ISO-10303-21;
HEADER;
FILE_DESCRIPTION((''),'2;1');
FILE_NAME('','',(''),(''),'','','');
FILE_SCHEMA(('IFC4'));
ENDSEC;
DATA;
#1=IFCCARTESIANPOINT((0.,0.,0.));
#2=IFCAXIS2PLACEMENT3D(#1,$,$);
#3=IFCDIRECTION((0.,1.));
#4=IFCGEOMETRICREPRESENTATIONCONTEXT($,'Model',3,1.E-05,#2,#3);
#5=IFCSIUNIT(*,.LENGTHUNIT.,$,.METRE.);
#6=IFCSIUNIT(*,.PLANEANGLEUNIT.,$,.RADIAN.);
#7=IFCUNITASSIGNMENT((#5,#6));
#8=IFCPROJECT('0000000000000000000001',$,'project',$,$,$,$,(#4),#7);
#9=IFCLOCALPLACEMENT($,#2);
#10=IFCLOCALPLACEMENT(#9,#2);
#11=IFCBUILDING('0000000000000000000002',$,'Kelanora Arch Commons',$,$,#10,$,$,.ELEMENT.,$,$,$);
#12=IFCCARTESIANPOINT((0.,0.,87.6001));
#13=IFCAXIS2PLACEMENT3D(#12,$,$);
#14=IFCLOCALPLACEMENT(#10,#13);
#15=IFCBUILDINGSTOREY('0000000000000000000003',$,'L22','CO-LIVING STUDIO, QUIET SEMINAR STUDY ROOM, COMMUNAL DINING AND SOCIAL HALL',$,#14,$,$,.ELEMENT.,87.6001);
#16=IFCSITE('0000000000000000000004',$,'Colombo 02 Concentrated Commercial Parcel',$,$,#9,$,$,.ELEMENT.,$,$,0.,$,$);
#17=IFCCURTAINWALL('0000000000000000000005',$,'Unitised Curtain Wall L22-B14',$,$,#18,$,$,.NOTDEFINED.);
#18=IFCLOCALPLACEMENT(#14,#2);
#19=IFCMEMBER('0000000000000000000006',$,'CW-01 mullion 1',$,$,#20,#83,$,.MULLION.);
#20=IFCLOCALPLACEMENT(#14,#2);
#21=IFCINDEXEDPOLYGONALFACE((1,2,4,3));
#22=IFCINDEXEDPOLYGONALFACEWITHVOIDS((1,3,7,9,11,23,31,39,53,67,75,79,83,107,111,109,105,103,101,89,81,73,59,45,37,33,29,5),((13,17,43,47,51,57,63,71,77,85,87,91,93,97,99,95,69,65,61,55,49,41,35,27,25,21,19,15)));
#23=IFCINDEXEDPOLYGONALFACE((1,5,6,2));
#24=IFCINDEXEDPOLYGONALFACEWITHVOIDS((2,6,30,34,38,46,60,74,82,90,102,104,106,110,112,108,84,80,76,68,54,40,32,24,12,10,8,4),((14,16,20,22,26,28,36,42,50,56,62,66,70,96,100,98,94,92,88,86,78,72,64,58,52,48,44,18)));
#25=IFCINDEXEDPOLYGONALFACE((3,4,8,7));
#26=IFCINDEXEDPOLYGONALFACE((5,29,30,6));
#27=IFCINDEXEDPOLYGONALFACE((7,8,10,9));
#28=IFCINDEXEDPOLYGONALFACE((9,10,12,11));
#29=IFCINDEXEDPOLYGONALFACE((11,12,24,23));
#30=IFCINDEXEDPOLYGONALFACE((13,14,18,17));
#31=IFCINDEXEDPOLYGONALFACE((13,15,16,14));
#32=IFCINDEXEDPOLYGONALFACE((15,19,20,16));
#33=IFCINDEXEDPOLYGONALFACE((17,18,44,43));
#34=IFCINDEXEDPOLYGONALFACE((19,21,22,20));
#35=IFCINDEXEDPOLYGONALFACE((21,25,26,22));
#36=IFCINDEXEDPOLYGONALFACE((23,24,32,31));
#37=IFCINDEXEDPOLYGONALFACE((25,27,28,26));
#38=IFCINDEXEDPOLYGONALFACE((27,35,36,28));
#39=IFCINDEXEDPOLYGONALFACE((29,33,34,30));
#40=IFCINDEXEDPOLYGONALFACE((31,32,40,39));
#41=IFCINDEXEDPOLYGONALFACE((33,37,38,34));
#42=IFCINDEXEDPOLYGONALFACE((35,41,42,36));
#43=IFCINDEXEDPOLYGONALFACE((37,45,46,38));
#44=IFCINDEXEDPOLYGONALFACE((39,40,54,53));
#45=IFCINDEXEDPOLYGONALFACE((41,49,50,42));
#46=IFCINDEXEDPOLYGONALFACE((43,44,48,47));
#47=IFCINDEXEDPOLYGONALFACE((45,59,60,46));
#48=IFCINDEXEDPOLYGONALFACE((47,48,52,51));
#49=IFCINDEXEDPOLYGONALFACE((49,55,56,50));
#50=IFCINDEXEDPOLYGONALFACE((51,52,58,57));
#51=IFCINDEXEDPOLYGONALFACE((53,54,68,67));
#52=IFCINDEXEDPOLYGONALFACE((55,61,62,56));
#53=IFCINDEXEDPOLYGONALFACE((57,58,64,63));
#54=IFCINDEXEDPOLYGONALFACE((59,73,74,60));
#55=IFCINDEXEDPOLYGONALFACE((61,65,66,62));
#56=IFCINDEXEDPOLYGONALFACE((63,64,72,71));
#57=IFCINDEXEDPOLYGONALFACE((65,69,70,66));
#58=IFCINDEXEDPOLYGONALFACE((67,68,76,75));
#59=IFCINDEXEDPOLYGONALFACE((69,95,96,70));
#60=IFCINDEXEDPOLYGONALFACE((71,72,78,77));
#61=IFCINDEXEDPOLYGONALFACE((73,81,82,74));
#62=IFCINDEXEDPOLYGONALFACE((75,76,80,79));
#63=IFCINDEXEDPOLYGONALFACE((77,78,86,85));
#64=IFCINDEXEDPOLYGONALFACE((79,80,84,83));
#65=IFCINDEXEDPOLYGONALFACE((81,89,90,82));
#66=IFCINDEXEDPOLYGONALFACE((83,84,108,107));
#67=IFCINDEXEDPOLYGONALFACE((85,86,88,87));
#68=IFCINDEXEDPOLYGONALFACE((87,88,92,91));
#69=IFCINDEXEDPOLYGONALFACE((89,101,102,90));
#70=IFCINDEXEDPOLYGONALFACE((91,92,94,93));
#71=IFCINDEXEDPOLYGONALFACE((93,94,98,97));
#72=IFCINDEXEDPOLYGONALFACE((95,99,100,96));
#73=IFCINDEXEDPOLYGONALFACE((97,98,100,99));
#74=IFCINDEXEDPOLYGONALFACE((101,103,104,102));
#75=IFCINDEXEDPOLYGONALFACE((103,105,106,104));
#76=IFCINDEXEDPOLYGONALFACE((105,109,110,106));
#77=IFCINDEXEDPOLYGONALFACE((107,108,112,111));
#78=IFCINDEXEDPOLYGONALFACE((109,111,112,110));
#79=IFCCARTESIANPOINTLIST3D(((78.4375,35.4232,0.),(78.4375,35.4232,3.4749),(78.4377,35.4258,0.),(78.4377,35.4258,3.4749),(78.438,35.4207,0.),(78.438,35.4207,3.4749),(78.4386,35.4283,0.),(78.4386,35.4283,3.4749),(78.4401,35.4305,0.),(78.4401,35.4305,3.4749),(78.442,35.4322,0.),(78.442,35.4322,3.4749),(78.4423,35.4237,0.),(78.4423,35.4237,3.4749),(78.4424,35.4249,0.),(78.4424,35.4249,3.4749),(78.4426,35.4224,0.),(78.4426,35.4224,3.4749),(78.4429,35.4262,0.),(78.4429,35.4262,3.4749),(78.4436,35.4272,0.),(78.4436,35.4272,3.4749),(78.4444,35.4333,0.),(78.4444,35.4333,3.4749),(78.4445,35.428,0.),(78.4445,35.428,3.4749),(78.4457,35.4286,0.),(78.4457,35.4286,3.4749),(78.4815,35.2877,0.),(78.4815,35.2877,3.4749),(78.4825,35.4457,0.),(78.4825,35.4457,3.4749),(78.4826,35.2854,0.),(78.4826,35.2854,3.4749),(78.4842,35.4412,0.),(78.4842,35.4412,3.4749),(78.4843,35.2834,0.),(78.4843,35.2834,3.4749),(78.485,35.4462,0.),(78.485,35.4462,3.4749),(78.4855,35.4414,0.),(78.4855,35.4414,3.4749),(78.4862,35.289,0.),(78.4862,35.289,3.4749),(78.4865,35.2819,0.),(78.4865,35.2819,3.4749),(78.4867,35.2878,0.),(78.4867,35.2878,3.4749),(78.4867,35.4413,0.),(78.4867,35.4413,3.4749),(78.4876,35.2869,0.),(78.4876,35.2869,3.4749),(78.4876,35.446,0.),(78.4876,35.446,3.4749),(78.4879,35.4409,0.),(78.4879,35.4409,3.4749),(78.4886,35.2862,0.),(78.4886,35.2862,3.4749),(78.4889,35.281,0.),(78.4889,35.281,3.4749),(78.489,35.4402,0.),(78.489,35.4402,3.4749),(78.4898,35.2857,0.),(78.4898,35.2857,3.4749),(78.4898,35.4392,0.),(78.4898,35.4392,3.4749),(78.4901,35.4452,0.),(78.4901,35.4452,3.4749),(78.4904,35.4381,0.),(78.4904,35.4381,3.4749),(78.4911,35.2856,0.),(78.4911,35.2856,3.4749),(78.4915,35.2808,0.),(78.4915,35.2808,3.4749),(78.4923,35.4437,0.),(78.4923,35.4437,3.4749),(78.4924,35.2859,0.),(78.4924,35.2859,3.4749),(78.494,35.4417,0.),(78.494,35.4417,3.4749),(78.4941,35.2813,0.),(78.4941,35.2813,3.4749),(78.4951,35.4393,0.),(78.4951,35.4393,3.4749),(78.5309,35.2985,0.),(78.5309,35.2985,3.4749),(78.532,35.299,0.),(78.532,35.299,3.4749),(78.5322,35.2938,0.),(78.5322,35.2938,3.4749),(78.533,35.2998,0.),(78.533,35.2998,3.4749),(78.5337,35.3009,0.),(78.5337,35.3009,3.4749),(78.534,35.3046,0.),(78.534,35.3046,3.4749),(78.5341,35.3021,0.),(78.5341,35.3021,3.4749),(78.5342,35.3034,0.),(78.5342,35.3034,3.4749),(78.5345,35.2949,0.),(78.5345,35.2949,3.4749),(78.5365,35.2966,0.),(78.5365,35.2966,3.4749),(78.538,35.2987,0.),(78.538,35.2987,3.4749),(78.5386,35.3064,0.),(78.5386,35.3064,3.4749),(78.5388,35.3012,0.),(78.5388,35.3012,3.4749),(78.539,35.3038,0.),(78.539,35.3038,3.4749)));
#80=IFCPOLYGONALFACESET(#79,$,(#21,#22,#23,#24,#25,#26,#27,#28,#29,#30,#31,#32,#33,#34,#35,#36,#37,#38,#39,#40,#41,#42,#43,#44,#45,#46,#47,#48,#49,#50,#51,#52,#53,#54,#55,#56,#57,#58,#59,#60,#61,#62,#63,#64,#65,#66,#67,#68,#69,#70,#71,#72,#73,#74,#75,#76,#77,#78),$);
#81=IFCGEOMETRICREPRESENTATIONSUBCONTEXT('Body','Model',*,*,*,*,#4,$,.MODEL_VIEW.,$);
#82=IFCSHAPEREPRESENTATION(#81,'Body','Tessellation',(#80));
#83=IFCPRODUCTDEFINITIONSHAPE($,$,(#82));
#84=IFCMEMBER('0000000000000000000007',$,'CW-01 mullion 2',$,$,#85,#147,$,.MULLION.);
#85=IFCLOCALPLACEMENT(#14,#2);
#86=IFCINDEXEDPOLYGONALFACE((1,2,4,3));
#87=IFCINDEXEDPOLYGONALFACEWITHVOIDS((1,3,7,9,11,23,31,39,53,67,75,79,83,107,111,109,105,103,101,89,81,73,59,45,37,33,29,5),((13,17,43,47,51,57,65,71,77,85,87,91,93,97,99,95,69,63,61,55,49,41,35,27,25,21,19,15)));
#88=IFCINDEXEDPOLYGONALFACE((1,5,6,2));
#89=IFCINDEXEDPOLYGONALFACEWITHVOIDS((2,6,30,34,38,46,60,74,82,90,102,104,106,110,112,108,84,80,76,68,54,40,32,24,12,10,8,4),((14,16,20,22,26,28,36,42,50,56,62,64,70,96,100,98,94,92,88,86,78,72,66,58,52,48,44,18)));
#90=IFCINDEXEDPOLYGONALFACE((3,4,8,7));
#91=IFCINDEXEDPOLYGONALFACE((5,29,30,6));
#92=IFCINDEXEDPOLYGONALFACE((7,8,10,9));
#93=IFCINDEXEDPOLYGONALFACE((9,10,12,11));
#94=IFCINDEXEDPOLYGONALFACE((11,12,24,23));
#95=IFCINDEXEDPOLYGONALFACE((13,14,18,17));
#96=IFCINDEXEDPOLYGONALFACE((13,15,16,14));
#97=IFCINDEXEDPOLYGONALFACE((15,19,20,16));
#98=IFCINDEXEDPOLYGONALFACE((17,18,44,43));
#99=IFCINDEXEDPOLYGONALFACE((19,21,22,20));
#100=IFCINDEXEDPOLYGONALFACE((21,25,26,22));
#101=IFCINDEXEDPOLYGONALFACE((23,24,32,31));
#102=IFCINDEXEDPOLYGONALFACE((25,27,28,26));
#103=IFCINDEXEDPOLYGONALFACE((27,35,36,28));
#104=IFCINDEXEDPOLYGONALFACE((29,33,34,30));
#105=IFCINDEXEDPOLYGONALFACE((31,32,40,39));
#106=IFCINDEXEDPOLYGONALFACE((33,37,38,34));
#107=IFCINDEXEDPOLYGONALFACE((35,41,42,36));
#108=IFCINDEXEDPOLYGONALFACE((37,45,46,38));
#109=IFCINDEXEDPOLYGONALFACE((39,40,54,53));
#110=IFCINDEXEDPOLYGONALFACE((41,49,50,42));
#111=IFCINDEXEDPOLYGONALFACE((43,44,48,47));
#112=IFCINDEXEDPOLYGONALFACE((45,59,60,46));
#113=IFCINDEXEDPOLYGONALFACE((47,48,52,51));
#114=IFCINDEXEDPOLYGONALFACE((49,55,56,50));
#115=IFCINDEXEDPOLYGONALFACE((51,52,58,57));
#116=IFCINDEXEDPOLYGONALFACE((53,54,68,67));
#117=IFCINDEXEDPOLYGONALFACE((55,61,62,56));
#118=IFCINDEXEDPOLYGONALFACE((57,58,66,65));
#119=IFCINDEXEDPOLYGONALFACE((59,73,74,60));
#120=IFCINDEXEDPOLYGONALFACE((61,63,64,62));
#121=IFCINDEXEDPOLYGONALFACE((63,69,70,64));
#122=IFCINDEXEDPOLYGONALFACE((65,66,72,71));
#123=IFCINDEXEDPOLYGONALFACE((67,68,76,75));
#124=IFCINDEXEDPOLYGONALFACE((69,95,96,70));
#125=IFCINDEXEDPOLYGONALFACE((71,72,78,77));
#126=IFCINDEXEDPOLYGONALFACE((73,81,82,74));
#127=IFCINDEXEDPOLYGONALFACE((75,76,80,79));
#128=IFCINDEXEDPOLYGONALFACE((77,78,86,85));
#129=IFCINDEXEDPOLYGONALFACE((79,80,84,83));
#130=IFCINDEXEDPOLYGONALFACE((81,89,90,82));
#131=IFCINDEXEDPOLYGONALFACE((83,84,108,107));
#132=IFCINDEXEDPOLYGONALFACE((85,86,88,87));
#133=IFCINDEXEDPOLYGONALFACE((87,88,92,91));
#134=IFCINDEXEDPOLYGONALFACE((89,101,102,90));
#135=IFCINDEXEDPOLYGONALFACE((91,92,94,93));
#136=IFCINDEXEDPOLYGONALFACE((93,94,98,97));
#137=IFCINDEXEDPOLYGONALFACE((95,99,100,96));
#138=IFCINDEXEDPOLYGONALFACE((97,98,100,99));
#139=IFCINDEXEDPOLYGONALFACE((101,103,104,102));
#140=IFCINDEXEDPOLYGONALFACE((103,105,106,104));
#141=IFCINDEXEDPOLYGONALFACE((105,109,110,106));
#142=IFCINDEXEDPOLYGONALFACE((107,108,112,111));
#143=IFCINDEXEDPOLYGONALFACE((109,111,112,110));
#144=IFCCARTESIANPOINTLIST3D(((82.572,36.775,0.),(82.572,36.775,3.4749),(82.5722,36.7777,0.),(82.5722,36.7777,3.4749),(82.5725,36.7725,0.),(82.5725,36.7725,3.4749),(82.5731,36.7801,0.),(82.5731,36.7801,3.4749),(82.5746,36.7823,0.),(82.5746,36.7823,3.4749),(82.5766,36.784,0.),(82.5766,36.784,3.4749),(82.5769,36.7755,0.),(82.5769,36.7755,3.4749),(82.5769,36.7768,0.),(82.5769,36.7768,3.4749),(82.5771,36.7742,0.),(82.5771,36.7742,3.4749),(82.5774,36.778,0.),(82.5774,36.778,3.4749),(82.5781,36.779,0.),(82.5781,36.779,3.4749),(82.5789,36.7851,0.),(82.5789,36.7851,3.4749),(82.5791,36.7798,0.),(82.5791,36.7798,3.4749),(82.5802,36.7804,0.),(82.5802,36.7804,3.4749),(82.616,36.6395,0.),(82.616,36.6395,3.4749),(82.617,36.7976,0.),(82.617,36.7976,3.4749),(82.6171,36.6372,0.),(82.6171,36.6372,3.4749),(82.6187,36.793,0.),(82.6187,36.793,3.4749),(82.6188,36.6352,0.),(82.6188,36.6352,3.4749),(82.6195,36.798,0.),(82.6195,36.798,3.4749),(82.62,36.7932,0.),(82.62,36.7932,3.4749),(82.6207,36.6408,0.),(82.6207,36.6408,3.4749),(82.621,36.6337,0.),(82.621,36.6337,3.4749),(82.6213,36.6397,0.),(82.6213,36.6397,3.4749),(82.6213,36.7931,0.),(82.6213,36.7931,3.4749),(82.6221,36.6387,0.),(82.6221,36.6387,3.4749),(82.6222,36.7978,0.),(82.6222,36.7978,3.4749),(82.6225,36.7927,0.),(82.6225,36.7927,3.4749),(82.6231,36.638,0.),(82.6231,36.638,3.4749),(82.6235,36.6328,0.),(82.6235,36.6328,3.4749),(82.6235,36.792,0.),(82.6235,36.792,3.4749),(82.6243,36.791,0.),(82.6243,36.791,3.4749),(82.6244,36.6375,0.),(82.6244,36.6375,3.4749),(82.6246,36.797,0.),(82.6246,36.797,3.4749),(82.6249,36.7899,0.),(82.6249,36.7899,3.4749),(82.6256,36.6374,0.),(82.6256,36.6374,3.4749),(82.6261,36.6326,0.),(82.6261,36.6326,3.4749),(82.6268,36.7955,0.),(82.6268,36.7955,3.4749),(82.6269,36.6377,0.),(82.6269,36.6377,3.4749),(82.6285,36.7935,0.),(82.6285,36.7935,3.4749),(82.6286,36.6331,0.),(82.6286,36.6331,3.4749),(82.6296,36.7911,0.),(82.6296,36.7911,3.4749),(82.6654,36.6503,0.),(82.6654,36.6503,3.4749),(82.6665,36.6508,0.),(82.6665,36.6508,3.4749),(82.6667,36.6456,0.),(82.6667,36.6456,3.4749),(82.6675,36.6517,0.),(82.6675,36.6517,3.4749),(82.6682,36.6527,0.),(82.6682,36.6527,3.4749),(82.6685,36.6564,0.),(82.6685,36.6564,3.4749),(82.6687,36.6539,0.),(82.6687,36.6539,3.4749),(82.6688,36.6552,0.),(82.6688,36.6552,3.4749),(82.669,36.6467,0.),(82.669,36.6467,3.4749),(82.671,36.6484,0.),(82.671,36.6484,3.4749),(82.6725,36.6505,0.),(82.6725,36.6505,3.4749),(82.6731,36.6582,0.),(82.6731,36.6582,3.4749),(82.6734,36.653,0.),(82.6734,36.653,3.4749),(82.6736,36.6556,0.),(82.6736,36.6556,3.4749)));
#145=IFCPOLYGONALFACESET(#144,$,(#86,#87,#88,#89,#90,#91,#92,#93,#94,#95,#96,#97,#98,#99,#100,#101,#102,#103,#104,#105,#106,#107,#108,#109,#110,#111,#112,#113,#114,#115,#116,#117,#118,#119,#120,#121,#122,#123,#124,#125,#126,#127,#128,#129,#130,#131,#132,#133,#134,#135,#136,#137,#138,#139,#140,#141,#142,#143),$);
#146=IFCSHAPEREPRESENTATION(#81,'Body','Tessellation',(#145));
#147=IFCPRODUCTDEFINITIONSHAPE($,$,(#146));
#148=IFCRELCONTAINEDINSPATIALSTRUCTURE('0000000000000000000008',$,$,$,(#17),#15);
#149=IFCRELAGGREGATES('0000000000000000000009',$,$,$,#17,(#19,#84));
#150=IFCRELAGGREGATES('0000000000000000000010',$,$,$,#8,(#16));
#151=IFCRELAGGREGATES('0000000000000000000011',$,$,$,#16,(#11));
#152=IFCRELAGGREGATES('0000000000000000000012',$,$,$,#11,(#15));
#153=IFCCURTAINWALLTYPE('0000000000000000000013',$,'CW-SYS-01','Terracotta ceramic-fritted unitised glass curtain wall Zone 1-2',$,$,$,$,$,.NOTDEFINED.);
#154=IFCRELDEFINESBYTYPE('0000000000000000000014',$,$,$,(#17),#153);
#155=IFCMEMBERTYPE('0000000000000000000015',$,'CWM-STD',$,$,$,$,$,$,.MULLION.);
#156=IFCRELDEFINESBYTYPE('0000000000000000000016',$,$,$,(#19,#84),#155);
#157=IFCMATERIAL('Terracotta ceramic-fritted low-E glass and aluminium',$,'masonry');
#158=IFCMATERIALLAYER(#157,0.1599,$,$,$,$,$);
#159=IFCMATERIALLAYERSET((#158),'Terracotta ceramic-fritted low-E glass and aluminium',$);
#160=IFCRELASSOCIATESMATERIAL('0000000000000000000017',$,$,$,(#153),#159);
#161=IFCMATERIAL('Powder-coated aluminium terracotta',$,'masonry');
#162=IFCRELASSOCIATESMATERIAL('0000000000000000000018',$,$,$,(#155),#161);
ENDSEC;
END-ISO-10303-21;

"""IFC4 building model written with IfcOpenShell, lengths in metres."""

from ifc_helpers import new_model, si_unit, direction, frame, origin, origin_2d, place, context, subcontext, project, spatial, hollow_rectangle, extrude, material, layer, layer_set, material_profile, profile_set, type_object, element, aggregate, save


model = new_model("IFC4")

# Units and contexts
model_context = context("Model", 3, precision=1e-05, world=origin(), true_north=direction((0.0, 1.0)))
body_context = subcontext(model_context, "Body", "Model", "MODEL_VIEW")
ifc_project = project(units=[si_unit("LENGTHUNIT", "METRE"), si_unit("PLANEANGLEUNIT", "RADIAN")], contexts=[model_context])

# Site, building, storey
site_placement = place(None, origin())
site = spatial("IfcSite", under=ifc_project, at=site_placement, Name="Colombo 02 Concentrated Commercial Parcel", CompositionType="ELEMENT", RefElevation=0.0)
building_placement = place(site_placement, origin())
building = spatial("IfcBuilding", under=site, at=building_placement, Name="Kelanora Arch Commons", CompositionType="ELEMENT")
storey_placement = place(building_placement, frame((0.0, 0.0, 87.6001)))
storey = spatial("IfcBuildingStorey", under=building, at=storey_placement, Name="L22", Description="CO-LIVING STUDIO, QUIET SEMINAR STUDY ROOM, COMMUNAL DINING AND SOCIAL HALL", CompositionType="ELEMENT", Elevation=87.6001)

# Curtain wall, members
ifc_material_1 = material(Name="Terracotta ceramic-fritted low-E glass and aluminium", Category="masonry")
ifc_layer_1 = layer(ifc_material_1, 0.1599)
ifc_layer_set_1 = layer_set([ifc_layer_1], Name="Terracotta ceramic-fritted low-E glass and aluminium")
curtain_wall_type = type_object("IfcCurtainWallType", Name="CW-SYS-01", Description="Terracotta ceramic-fritted unitised glass curtain wall Zone 1-2", PredefinedType="NOTDEFINED", material=ifc_layer_set_1)
curtain_wall_placement = place(storey_placement, origin())
curtain_wall = element("IfcCurtainWall", 1, at=curtain_wall_placement, inside=storey, type_object=curtain_wall_type, Name="Unitised Curtain Wall L22-B14", PredefinedType="NOTDEFINED")
ifc_material_2 = material(Name="Powder-coated aluminium terracotta", Category="masonry")
ifc_material_profile_1 = material_profile(ifc_material_2, hollow_rectangle(XDim=0.1599, YDim=0.0601, WallThickness=0.0049, InnerFilletRadius=0.0049, OuterFilletRadius=0.01, at=origin_2d()), Name="CWM160x60")
ifc_profile_set_1 = profile_set([ifc_material_profile_1], Name="Powder-coated aluminium terracotta")
member_type_1 = type_object("IfcMemberType", Name="CWM-STD", PredefinedType="MULLION", material=ifc_profile_set_1)
member_1_placement = place(storey_placement, frame((78.4883, 35.3635, 0.0), z_axis=(0.0, 0.0, 1.0), x_axis=(-0.310805, 0.950474, 0.0)))
member_1 = element("IfcMember", 2, at=member_1_placement, type_object=member_type_1, Name="CW-01 mullion 1", PredefinedType="MULLION", context=body_context, shape_type="SweptSolid", body=[
    extrude(hollow_rectangle(XDim=0.1599, YDim=0.0601, WallThickness=0.0049, InnerFilletRadius=0.0049, OuterFilletRadius=0.01, at=origin_2d()), origin(), (0.0, 0.0, 1.0), 3.4749),
])
member_2_placement = place(storey_placement, frame((82.6228, 36.7153, 0.0), z_axis=(0.0, 0.0, 1.0), x_axis=(-0.310805, 0.950474, 0.0)))
member_2 = element("IfcMember", 3, at=member_2_placement, type_object=member_type_1, Name="CW-01 mullion 2", PredefinedType="MULLION", context=body_context, shape_type="SweptSolid", body=[
    extrude(hollow_rectangle(XDim=0.1599, YDim=0.0601, WallThickness=0.0049, InnerFilletRadius=0.0049, OuterFilletRadius=0.01, at=origin_2d()), origin(), (0.0, 0.0, 1.0), 3.4749),
])
aggregate(curtain_wall, [member_1, member_2])

save(model, "model.ifc")
